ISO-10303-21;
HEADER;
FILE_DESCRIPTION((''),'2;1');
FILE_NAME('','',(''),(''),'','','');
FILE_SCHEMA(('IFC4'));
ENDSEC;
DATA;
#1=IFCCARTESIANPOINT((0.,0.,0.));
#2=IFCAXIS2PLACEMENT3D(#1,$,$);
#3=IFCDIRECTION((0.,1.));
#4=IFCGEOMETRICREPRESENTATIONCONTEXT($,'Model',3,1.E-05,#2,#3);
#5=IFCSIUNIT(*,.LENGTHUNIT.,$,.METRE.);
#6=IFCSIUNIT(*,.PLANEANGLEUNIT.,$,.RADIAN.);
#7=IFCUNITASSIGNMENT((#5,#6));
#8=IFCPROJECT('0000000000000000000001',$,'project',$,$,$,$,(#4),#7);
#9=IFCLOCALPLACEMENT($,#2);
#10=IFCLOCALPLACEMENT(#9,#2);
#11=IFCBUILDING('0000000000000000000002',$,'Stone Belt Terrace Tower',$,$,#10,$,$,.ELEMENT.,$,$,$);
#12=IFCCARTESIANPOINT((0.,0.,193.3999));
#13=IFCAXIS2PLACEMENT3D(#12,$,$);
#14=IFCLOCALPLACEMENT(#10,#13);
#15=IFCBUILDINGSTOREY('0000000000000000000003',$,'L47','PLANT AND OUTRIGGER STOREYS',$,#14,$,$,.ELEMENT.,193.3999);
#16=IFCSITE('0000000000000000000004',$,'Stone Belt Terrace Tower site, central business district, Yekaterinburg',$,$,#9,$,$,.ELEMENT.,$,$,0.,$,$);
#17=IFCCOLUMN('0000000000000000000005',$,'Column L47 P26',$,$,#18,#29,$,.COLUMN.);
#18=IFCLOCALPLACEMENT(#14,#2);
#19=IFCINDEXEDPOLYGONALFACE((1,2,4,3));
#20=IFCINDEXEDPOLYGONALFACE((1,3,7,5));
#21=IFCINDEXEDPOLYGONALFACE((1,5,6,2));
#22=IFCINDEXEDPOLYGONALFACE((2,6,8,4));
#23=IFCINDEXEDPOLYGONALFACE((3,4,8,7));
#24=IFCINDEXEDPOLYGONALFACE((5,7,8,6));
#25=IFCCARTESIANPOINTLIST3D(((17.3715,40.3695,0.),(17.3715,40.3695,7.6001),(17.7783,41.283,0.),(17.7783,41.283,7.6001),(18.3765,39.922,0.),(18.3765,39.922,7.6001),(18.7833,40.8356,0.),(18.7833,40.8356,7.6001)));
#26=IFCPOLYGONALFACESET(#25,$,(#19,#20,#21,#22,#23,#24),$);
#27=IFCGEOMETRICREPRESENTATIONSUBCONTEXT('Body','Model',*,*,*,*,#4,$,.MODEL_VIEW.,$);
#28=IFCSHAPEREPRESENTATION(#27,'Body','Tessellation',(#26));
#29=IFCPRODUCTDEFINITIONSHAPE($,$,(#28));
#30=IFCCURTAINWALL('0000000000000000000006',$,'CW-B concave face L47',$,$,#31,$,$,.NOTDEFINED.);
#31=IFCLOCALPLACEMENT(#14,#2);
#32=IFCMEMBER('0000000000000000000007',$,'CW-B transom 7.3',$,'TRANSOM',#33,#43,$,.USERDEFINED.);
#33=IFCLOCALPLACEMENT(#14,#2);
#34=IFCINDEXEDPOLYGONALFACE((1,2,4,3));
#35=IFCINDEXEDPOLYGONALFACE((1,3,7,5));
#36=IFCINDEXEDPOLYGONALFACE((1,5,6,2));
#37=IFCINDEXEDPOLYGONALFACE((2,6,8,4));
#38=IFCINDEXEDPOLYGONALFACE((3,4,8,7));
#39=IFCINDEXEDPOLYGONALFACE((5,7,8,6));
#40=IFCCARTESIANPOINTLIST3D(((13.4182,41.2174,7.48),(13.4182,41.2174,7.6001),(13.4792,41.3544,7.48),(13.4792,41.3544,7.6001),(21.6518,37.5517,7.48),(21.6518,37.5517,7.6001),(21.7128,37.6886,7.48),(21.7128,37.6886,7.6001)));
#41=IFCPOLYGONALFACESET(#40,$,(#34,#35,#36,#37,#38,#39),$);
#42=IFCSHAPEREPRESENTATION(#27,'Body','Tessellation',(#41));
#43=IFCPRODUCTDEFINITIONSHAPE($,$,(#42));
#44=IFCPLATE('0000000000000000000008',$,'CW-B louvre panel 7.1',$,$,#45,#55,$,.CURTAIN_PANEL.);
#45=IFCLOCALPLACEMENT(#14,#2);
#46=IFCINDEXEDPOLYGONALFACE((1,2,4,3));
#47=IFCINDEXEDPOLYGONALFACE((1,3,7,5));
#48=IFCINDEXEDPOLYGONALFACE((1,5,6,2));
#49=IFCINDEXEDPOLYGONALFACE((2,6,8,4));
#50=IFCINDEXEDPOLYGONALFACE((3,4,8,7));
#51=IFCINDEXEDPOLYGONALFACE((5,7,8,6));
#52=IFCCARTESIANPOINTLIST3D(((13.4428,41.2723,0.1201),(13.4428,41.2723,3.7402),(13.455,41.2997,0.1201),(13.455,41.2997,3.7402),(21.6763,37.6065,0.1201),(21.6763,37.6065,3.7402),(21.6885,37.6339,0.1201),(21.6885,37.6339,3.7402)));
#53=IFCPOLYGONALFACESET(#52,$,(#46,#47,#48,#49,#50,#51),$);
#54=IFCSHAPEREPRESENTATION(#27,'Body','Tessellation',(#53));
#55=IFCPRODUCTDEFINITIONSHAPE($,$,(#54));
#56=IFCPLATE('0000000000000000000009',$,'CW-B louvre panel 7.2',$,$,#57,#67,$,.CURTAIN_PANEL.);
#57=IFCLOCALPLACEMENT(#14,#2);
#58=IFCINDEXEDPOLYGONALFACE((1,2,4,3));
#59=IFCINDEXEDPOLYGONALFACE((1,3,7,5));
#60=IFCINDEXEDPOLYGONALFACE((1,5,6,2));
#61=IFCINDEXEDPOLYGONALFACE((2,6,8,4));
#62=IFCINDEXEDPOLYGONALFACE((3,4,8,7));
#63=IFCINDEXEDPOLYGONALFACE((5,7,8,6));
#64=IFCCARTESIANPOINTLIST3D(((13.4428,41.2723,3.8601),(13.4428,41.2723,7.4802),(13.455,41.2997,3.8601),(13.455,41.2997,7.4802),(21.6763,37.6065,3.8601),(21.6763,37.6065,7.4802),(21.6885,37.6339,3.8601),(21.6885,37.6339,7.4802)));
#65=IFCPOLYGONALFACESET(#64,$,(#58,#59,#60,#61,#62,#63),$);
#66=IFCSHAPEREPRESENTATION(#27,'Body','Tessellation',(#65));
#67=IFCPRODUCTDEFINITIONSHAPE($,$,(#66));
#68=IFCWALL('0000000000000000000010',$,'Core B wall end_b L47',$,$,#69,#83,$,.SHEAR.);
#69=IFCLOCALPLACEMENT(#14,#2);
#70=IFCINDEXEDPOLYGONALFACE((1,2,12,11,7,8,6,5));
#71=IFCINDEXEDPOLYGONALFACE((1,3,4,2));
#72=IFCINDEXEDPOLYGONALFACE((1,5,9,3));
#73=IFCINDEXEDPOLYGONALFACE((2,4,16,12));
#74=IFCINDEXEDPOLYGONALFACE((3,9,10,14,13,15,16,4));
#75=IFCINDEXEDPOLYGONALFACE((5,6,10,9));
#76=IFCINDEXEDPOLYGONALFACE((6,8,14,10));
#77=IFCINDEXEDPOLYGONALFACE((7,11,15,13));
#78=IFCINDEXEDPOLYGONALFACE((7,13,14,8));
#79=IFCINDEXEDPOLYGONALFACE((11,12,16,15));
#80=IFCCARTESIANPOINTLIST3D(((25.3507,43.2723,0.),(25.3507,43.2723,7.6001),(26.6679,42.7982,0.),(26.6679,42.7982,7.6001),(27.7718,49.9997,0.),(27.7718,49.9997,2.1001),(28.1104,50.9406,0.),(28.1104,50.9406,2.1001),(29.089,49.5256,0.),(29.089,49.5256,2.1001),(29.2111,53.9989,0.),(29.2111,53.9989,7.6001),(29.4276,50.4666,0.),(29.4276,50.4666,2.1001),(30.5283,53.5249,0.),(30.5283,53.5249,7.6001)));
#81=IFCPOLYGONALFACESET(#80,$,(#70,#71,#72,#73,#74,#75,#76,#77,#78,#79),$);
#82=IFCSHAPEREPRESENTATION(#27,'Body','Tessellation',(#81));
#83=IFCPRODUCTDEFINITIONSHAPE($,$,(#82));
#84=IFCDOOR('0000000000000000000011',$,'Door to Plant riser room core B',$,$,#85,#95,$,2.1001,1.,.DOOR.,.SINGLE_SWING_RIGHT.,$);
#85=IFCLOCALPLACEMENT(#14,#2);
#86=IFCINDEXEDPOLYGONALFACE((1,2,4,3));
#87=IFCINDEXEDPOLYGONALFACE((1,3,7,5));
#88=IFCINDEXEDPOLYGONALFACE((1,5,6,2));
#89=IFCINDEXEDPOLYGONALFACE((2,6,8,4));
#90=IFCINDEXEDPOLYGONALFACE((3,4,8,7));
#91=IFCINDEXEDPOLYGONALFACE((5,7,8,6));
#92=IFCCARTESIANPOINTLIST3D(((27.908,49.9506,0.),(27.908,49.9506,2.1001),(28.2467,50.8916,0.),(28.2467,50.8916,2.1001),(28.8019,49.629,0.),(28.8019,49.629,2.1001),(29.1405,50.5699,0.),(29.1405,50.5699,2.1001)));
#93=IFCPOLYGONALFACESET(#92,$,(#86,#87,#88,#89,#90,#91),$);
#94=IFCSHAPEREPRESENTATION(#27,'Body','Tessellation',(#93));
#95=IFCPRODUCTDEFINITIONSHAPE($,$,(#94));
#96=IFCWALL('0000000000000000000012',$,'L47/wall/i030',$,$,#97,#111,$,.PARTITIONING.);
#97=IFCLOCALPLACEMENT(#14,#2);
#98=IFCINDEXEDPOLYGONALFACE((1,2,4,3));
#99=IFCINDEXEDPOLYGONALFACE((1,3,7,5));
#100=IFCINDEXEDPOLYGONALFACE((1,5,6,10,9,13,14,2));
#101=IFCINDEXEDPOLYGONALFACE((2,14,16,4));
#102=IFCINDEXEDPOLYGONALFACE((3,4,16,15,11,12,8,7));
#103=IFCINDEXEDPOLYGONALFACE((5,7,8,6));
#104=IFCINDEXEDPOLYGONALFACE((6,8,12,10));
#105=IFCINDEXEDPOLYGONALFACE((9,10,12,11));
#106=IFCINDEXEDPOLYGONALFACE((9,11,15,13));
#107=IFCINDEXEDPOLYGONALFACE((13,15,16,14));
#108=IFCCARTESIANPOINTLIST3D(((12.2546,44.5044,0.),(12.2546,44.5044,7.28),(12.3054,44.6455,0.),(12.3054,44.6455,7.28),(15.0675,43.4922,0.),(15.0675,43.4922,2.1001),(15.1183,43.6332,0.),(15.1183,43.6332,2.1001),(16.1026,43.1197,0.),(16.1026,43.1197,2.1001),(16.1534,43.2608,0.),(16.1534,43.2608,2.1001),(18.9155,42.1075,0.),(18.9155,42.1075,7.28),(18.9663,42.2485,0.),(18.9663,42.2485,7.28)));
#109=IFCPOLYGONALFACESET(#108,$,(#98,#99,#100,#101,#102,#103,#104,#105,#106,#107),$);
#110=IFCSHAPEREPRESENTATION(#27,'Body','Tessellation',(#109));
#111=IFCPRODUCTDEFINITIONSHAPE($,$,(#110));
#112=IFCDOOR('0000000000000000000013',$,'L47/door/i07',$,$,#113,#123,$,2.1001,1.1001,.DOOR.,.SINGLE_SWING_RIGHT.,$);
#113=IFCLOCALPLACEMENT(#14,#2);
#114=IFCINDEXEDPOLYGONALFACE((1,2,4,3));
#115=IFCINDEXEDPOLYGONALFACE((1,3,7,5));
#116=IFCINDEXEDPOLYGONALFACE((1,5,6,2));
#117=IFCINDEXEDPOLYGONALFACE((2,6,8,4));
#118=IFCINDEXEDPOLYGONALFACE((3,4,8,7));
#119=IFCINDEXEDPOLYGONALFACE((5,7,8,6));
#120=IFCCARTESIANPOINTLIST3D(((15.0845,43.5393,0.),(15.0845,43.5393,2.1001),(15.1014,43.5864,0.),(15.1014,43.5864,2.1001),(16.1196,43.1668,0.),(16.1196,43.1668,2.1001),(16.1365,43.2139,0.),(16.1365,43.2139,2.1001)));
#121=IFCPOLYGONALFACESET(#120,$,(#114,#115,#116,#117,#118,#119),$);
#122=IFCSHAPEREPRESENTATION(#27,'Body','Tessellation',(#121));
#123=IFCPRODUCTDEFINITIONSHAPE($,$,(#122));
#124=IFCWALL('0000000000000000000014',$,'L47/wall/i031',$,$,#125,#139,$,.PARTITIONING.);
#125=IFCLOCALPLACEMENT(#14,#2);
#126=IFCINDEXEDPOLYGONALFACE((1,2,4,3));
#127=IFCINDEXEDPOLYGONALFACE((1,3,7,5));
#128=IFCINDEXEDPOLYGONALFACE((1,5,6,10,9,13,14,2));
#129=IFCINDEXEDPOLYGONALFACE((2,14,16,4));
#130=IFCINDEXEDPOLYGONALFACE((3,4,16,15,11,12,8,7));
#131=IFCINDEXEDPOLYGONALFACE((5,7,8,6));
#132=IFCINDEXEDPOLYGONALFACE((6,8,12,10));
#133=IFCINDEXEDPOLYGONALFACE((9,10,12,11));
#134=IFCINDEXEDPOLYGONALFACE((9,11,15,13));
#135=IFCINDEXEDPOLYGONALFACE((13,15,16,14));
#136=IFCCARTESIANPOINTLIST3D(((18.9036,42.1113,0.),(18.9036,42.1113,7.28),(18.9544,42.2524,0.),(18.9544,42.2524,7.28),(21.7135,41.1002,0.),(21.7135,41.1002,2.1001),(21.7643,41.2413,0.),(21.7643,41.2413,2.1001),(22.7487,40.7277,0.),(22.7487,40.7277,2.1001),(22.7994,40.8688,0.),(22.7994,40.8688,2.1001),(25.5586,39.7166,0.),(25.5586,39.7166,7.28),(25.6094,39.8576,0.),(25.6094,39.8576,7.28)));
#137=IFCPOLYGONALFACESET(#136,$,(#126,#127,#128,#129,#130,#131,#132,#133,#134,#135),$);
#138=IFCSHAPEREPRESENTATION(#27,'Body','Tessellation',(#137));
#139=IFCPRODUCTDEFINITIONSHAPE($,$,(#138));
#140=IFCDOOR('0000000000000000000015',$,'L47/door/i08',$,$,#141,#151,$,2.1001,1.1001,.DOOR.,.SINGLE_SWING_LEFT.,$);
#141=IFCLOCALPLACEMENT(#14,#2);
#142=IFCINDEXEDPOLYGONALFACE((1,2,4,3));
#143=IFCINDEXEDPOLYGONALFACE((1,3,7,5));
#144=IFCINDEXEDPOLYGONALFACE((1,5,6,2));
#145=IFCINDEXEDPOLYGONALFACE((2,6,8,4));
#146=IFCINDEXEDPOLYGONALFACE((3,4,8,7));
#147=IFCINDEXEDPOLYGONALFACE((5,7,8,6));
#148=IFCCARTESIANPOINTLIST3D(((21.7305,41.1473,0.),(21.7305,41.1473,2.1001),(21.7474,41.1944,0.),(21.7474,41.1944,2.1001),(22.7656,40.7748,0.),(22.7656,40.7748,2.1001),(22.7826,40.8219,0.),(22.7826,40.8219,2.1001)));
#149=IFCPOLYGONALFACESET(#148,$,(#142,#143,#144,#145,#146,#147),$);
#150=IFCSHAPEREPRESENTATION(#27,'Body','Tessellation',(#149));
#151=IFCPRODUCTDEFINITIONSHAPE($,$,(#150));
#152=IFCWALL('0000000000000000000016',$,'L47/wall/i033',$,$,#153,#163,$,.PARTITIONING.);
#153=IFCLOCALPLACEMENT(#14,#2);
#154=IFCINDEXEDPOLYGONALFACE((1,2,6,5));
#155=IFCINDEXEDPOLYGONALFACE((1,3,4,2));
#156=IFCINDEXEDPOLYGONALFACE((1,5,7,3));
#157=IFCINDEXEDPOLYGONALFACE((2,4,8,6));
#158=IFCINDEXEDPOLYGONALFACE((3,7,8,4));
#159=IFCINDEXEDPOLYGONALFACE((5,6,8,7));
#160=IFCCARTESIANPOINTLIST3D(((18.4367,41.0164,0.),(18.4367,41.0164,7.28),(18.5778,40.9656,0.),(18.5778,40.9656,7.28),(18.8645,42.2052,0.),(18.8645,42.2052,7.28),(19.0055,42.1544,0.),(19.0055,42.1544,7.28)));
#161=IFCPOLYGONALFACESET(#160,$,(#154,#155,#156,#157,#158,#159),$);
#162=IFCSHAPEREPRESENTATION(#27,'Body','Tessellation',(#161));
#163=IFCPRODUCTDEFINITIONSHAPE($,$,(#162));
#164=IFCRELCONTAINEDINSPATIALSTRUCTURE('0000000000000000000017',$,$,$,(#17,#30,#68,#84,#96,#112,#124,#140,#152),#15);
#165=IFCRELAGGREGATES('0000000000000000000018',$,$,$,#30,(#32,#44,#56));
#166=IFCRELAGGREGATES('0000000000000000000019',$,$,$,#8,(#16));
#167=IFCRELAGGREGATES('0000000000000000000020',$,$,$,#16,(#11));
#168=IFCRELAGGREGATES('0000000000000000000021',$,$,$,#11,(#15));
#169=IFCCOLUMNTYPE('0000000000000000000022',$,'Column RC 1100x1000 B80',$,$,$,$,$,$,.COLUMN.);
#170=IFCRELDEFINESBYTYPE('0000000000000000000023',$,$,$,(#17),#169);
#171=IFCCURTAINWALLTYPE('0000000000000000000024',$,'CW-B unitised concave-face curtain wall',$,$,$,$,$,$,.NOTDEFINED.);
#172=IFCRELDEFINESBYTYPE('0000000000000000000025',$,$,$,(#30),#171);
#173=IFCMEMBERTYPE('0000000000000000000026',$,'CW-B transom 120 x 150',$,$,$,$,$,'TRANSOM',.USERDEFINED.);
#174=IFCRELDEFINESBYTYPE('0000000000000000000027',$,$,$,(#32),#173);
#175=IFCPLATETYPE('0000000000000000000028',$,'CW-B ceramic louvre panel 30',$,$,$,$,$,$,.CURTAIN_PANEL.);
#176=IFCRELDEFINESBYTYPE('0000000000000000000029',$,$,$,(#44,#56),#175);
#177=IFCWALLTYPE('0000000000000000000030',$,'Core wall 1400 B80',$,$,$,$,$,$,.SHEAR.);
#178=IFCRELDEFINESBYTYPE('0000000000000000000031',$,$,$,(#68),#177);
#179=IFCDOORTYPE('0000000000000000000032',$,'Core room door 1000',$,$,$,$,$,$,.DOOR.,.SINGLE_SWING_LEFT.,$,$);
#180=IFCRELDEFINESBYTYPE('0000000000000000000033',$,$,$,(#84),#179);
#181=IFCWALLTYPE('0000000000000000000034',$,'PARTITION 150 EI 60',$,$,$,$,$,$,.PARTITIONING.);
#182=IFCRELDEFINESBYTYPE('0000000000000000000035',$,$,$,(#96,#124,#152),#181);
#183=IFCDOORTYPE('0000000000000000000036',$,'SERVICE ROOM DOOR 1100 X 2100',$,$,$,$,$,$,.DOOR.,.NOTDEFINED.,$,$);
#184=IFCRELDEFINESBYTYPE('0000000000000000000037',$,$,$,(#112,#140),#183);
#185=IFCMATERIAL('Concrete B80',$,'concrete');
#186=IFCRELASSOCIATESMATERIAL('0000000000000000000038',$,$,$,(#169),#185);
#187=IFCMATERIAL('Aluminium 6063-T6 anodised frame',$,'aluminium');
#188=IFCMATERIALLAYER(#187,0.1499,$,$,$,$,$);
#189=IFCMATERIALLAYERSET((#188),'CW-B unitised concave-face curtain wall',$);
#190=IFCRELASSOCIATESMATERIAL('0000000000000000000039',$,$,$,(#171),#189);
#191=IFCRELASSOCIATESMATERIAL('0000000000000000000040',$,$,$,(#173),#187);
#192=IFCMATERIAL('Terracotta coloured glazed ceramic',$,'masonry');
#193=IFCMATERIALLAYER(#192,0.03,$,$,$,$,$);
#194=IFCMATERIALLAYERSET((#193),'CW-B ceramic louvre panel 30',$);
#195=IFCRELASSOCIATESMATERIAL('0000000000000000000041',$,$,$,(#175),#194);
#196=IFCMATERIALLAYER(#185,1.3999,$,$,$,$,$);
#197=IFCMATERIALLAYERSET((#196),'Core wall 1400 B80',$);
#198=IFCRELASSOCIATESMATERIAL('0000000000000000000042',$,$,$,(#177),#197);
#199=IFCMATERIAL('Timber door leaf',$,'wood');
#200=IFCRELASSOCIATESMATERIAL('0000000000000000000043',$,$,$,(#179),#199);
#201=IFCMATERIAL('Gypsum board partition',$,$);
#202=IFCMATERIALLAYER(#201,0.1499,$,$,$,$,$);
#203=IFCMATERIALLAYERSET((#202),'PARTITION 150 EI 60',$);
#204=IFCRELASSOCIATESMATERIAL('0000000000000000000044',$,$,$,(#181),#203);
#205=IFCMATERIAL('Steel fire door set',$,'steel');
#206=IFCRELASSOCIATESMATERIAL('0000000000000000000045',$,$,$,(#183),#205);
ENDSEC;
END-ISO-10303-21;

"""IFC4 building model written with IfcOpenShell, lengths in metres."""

from ifc_helpers import new_model, si_unit, direction, frame, frame_2d, origin, origin_2d, place, context, subcontext, project, spatial, rectangle, extrude, material, layer, layer_set, material_profile, profile_set, type_object, element, fill, aggregate, save


model = new_model("IFC4")

# Units and contexts
model_context = context("Model", 3, precision=1e-05, world=origin(), true_north=direction((0.0, 1.0)))
body_context = subcontext(model_context, "Body", "Model", "MODEL_VIEW")
ifc_project = project(units=[si_unit("LENGTHUNIT", "METRE"), si_unit("PLANEANGLEUNIT", "RADIAN")], contexts=[model_context])

# Site, building, storey
site_placement = place(None, origin())
site = spatial("IfcSite", under=ifc_project, at=site_placement, Name="Stone Belt Terrace Tower site, central business district, Yekaterinburg", CompositionType="ELEMENT", RefElevation=0.0)
building_placement = place(site_placement, origin())
building = spatial("IfcBuilding", under=site, at=building_placement, Name="Stone Belt Terrace Tower", CompositionType="ELEMENT")
storey_placement = place(building_placement, frame((0.0, 0.0, 193.3999)))
storey = spatial("IfcBuildingStorey", under=building, at=storey_placement, Name="L47", Description="PLANT AND OUTRIGGER STOREYS", CompositionType="ELEMENT", Elevation=193.3999)

# Column
ifc_material_1 = material(Name="Concrete B80", Category="concrete")
ifc_material_profile_1 = material_profile(ifc_material_1, rectangle(XDim=1.1001, YDim=1.0, at=origin_2d()), Name="RC 1100x1000")
ifc_profile_set_1 = profile_set([ifc_material_profile_1], Name="Concrete B80")
column_type = type_object("IfcColumnType", Name="Column RC 1100x1000 B80", PredefinedType="COLUMN", material=ifc_profile_set_1)
column_placement = place(storey_placement, frame((18.0774, 40.6025, 0.0), z_axis=(0.0, 0.0, 1.0), x_axis=(0.913545, -0.406737, 0.0)))
element("IfcColumn", 1, at=column_placement, inside=storey, type_object=column_type, Name="Column L47 P26", PredefinedType="COLUMN", context=body_context, shape_type="SweptSolid", body=[
    extrude(rectangle(XDim=1.1001, YDim=1.0, at=origin_2d()), origin(), (0.0, 0.0, 1.0), 7.6001),
])

# Curtain wall, member, plates
ifc_material_2 = material(Name="Aluminium 6063-T6 anodised frame", Category="aluminium")
ifc_layer_1 = layer(ifc_material_2, 0.1499)
ifc_layer_set_1 = layer_set([ifc_layer_1], Name="CW-B unitised concave-face curtain wall")
curtain_wall_type = type_object("IfcCurtainWallType", Name="CW-B unitised concave-face curtain wall", PredefinedType="NOTDEFINED", material=ifc_layer_set_1)
curtain_wall_placement = place(storey_placement, origin())
curtain_wall = element("IfcCurtainWall", 2, at=curtain_wall_placement, inside=storey, type_object=curtain_wall_type, Name="CW-B concave face L47", PredefinedType="NOTDEFINED")
ifc_material_profile_2 = material_profile(ifc_material_2, rectangle(XDim=0.1499, YDim=0.1201, at=origin_2d()), Name="Aluminium 6063-T6 150x120")
ifc_profile_set_2 = profile_set([ifc_material_profile_2], Name="Aluminium 6063-T6 anodised frame")
member_type = type_object("IfcMemberType", Name="CW-B transom 120 x 150", ElementType="TRANSOM", PredefinedType="USERDEFINED", material=ifc_profile_set_2)
member_placement = place(storey_placement, frame((13.4487, 41.2859, 7.54), z_axis=(0.913549, -0.406729, 0.0), x_axis=(0.406729, 0.913549, 0.0)))
member = element("IfcMember", 3, at=member_placement, type_object=member_type, Name="CW-B transom 7.3", ObjectType="TRANSOM", PredefinedType="USERDEFINED", context=body_context, shape_type="SweptSolid", body=[
    extrude(rectangle(XDim=0.1499, YDim=0.1201, at=origin_2d()), origin(), (0.0, 0.0, 1.0), 9.0127),
])
ifc_material_3 = material(Name="Terracotta coloured glazed ceramic", Category="masonry")
ifc_layer_2 = layer(ifc_material_3, 0.03)
ifc_layer_set_2 = layer_set([ifc_layer_2], Name="CW-B ceramic louvre panel 30")
plate_type = type_object("IfcPlateType", Name="CW-B ceramic louvre panel 30", PredefinedType="CURTAIN_PANEL", material=ifc_layer_set_2)
plate_1_placement = place(storey_placement, frame((17.5657, 39.4531, 0.1201), z_axis=(0.0, 0.0, 1.0), x_axis=(0.913545, -0.406737, 0.0)))
plate_1 = element("IfcPlate", 4, at=plate_1_placement, type_object=plate_type, Name="CW-B louvre panel 7.1", PredefinedType="CURTAIN_PANEL", context=body_context, shape_type="SweptSolid", body=[
    extrude(rectangle(XDim=9.0127, YDim=0.03, at=origin_2d()), origin(), (0.0, 0.0, 1.0), 3.6201),
])
plate_2_placement = place(storey_placement, frame((17.5657, 39.4531, 3.8601), z_axis=(0.0, 0.0, 1.0), x_axis=(0.913545, -0.406737, 0.0)))
plate_2 = element("IfcPlate", 5, at=plate_2_placement, type_object=plate_type, Name="CW-B louvre panel 7.2", PredefinedType="CURTAIN_PANEL", context=body_context, shape_type="SweptSolid", body=[
    extrude(rectangle(XDim=9.0127, YDim=0.03, at=origin_2d()), origin(), (0.0, 0.0, 1.0), 3.6201),
])
aggregate(curtain_wall, [member, plate_1, plate_2])

# Walls, openings, doors
ifc_layer_3 = layer(ifc_material_1, 1.3999)
ifc_layer_set_3 = layer_set([ifc_layer_3], Name="Core wall 1400 B80")
wall_type_1 = type_object("IfcWallType", Name="Core wall 1400 B80", PredefinedType="SHEAR", material=ifc_layer_set_3)
wall_1_placement = place(storey_placement, frame((26.0093, 43.0352, 0.0), z_axis=(0.0, 0.0, 1.0), x_axis=(0.338625, 0.940921, 0.0)))
wall_1 = element("IfcWall", 6, at=wall_1_placement, inside=storey, type_object=wall_type_1, Name="Core B wall end_b L47", PredefinedType="SHEAR", context=body_context, shape_type="SweptSolid", body=[
    extrude(rectangle(XDim=11.4001, YDim=1.3999, at=frame_2d((5.7002, 0.0))), origin(), (0.0, 0.0, 1.0), 7.6001),
])
opening_1_placement = place(wall_1_placement, frame((7.1499, 0.0, 0.0)))
opening_1 = element("IfcOpeningElement", 7, at=opening_1_placement, cuts=wall_1, PredefinedType="OPENING", context=body_context, shape_type="SweptSolid", body=[
    extrude(rectangle(XDim=1.0, YDim=2.1001, at=frame_2d((0.5, 1.05))), frame((0.0, 0.71, 0.0), z_axis=(0.0, -1.0, 0.0), x_axis=(1.0, 0.0, 0.0)), (0.0, 0.0, 1.0), 1.4199),
])
ifc_material_4 = material(Name="Timber door leaf", Category="wood")
door_type_1 = type_object("IfcDoorType", Name="Core room door 1000", OperationType="SINGLE_SWING_LEFT", PredefinedType="DOOR", material=ifc_material_4)
door_1_placement = place(opening_1_placement, origin())
door_1 = element("IfcDoor", 8, at=door_1_placement, inside=storey, type_object=door_type_1, Name="Door to Plant riser room core B", OperationType="SINGLE_SWING_RIGHT", OverallHeight=2.1001, OverallWidth=1.0, PredefinedType="DOOR", context=body_context, shape_type="SweptSolid", body=[
    extrude(rectangle(XDim=1.0, YDim=2.1001, at=frame_2d((0.5, 1.05))), frame((0.0, 0.5552, 0.0), z_axis=(0.0, -1.0, 0.0), x_axis=(1.0, 0.0, 0.0)), (0.0, 0.0, 1.0), 0.95),
])
fill(opening_1, door_1)
ifc_material_5 = material(Name="Gypsum board partition")
ifc_layer_4 = layer(ifc_material_5, 0.1499)
ifc_layer_set_4 = layer_set([ifc_layer_4], Name="PARTITION 150 EI 60")
wall_type_2 = type_object("IfcWallType", Name="PARTITION 150 EI 60", PredefinedType="PARTITIONING", material=ifc_layer_set_4)
wall_2_placement = place(storey_placement, frame((18.9409, 42.178, 0.0), z_axis=(0.0, 0.0, 1.0), x_axis=(-0.94093, 0.338601, 0.0)))
wall_2 = element("IfcWall", 9, at=wall_2_placement, inside=storey, type_object=wall_type_2, Name="L47/wall/i030", PredefinedType="PARTITIONING", context=body_context, shape_type="SweptSolid", body=[
    extrude(rectangle(XDim=7.0791, YDim=0.1499, at=frame_2d((3.5396, 0.0))), origin(), (0.0, 0.0, 1.0), 7.28),
])
opening_2_placement = place(wall_2_placement, frame((2.9895, 0.0, 0.0)))
opening_2 = element("IfcOpeningElement", 10, at=opening_2_placement, cuts=wall_2, PredefinedType="OPENING", context=body_context, shape_type="SweptSolid", body=[
    extrude(rectangle(XDim=1.1001, YDim=2.1001, at=frame_2d((0.55, 1.05))), frame((0.0, 0.085, 0.0), z_axis=(0.0, -1.0, 0.0), x_axis=(1.0, 0.0, 0.0)), (0.0, 0.0, 1.0), 0.1699),
])
ifc_material_6 = material(Name="Steel fire door set", Category="steel")
door_type_2 = type_object("IfcDoorType", Name="SERVICE ROOM DOOR 1100 X 2100", OperationType="NOTDEFINED", PredefinedType="DOOR", material=ifc_material_6)
door_2_placement = place(opening_2_placement, origin())
door_2 = element("IfcDoor", 11, at=door_2_placement, inside=storey, type_object=door_type_2, Name="L47/door/i07", OperationType="SINGLE_SWING_RIGHT", OverallHeight=2.1001, OverallWidth=1.1001, PredefinedType="DOOR", context=body_context, shape_type="SweptSolid", body=[
    extrude(rectangle(XDim=1.1001, YDim=2.1001, at=frame_2d((0.55, 1.05))), frame((0.0, 0.0249, 0.0), z_axis=(0.0, -1.0, 0.0), x_axis=(1.0, 0.0, 0.0)), (0.0, 0.0, 1.0), 0.05),
])
fill(opening_2, door_2)
wall_3_placement = place(storey_placement, frame((25.584, 39.7871, 0.0), z_axis=(0.0, 0.0, 1.0), x_axis=(-0.940934, 0.33859, 0.0)))
wall_3 = element("IfcWall", 12, at=wall_3_placement, inside=storey, type_object=wall_type_2, Name="L47/wall/i031", PredefinedType="PARTITIONING", context=body_context, shape_type="SweptSolid", body=[
    extrude(rectangle(XDim=7.0728, YDim=0.1499, at=frame_2d((3.5364, 0.0))), origin(), (0.0, 0.0, 1.0), 7.28),
])
opening_3_placement = place(wall_3_placement, frame((2.9863, 0.0, 0.0)))
opening_3 = element("IfcOpeningElement", 13, at=opening_3_placement, cuts=wall_3, PredefinedType="OPENING", context=body_context, shape_type="SweptSolid", body=[
    extrude(rectangle(XDim=1.1001, YDim=2.1001, at=frame_2d((0.55, 1.05))), frame((0.0, 0.085, 0.0), z_axis=(0.0, -1.0, 0.0), x_axis=(1.0, 0.0, 0.0)), (0.0, 0.0, 1.0), 0.1699),
])
door_3_placement = place(opening_3_placement, origin())
door_3 = element("IfcDoor", 14, at=door_3_placement, inside=storey, type_object=door_type_2, Name="L47/door/i08", OperationType="SINGLE_SWING_LEFT", OverallHeight=2.1001, OverallWidth=1.1001, PredefinedType="DOOR", context=body_context, shape_type="SweptSolid", body=[
    extrude(rectangle(XDim=1.1001, YDim=2.1001, at=frame_2d((0.55, 1.05))), frame((0.0, 0.0249, 0.0), z_axis=(0.0, -1.0, 0.0), x_axis=(1.0, 0.0, 0.0)), (0.0, 0.0, 1.0), 0.05),
])
fill(opening_3, door_3)

# Wall
wall_4_placement = place(storey_placement, frame((18.9351, 42.1799, 0.0), z_axis=(0.0, 0.0, 1.0), x_axis=(-0.338576, -0.940939, 0.0)))
element("IfcWall", 15, at=wall_4_placement, inside=storey, type_object=wall_type_2, Name="L47/wall/i033", PredefinedType="PARTITIONING", context=body_context, shape_type="SweptSolid", body=[
    extrude(rectangle(XDim=1.2634, YDim=0.1499, at=frame_2d((0.6318, 0.0))), origin(), (0.0, 0.0, 1.0), 7.28),
])

save(model, "model.ifc")
